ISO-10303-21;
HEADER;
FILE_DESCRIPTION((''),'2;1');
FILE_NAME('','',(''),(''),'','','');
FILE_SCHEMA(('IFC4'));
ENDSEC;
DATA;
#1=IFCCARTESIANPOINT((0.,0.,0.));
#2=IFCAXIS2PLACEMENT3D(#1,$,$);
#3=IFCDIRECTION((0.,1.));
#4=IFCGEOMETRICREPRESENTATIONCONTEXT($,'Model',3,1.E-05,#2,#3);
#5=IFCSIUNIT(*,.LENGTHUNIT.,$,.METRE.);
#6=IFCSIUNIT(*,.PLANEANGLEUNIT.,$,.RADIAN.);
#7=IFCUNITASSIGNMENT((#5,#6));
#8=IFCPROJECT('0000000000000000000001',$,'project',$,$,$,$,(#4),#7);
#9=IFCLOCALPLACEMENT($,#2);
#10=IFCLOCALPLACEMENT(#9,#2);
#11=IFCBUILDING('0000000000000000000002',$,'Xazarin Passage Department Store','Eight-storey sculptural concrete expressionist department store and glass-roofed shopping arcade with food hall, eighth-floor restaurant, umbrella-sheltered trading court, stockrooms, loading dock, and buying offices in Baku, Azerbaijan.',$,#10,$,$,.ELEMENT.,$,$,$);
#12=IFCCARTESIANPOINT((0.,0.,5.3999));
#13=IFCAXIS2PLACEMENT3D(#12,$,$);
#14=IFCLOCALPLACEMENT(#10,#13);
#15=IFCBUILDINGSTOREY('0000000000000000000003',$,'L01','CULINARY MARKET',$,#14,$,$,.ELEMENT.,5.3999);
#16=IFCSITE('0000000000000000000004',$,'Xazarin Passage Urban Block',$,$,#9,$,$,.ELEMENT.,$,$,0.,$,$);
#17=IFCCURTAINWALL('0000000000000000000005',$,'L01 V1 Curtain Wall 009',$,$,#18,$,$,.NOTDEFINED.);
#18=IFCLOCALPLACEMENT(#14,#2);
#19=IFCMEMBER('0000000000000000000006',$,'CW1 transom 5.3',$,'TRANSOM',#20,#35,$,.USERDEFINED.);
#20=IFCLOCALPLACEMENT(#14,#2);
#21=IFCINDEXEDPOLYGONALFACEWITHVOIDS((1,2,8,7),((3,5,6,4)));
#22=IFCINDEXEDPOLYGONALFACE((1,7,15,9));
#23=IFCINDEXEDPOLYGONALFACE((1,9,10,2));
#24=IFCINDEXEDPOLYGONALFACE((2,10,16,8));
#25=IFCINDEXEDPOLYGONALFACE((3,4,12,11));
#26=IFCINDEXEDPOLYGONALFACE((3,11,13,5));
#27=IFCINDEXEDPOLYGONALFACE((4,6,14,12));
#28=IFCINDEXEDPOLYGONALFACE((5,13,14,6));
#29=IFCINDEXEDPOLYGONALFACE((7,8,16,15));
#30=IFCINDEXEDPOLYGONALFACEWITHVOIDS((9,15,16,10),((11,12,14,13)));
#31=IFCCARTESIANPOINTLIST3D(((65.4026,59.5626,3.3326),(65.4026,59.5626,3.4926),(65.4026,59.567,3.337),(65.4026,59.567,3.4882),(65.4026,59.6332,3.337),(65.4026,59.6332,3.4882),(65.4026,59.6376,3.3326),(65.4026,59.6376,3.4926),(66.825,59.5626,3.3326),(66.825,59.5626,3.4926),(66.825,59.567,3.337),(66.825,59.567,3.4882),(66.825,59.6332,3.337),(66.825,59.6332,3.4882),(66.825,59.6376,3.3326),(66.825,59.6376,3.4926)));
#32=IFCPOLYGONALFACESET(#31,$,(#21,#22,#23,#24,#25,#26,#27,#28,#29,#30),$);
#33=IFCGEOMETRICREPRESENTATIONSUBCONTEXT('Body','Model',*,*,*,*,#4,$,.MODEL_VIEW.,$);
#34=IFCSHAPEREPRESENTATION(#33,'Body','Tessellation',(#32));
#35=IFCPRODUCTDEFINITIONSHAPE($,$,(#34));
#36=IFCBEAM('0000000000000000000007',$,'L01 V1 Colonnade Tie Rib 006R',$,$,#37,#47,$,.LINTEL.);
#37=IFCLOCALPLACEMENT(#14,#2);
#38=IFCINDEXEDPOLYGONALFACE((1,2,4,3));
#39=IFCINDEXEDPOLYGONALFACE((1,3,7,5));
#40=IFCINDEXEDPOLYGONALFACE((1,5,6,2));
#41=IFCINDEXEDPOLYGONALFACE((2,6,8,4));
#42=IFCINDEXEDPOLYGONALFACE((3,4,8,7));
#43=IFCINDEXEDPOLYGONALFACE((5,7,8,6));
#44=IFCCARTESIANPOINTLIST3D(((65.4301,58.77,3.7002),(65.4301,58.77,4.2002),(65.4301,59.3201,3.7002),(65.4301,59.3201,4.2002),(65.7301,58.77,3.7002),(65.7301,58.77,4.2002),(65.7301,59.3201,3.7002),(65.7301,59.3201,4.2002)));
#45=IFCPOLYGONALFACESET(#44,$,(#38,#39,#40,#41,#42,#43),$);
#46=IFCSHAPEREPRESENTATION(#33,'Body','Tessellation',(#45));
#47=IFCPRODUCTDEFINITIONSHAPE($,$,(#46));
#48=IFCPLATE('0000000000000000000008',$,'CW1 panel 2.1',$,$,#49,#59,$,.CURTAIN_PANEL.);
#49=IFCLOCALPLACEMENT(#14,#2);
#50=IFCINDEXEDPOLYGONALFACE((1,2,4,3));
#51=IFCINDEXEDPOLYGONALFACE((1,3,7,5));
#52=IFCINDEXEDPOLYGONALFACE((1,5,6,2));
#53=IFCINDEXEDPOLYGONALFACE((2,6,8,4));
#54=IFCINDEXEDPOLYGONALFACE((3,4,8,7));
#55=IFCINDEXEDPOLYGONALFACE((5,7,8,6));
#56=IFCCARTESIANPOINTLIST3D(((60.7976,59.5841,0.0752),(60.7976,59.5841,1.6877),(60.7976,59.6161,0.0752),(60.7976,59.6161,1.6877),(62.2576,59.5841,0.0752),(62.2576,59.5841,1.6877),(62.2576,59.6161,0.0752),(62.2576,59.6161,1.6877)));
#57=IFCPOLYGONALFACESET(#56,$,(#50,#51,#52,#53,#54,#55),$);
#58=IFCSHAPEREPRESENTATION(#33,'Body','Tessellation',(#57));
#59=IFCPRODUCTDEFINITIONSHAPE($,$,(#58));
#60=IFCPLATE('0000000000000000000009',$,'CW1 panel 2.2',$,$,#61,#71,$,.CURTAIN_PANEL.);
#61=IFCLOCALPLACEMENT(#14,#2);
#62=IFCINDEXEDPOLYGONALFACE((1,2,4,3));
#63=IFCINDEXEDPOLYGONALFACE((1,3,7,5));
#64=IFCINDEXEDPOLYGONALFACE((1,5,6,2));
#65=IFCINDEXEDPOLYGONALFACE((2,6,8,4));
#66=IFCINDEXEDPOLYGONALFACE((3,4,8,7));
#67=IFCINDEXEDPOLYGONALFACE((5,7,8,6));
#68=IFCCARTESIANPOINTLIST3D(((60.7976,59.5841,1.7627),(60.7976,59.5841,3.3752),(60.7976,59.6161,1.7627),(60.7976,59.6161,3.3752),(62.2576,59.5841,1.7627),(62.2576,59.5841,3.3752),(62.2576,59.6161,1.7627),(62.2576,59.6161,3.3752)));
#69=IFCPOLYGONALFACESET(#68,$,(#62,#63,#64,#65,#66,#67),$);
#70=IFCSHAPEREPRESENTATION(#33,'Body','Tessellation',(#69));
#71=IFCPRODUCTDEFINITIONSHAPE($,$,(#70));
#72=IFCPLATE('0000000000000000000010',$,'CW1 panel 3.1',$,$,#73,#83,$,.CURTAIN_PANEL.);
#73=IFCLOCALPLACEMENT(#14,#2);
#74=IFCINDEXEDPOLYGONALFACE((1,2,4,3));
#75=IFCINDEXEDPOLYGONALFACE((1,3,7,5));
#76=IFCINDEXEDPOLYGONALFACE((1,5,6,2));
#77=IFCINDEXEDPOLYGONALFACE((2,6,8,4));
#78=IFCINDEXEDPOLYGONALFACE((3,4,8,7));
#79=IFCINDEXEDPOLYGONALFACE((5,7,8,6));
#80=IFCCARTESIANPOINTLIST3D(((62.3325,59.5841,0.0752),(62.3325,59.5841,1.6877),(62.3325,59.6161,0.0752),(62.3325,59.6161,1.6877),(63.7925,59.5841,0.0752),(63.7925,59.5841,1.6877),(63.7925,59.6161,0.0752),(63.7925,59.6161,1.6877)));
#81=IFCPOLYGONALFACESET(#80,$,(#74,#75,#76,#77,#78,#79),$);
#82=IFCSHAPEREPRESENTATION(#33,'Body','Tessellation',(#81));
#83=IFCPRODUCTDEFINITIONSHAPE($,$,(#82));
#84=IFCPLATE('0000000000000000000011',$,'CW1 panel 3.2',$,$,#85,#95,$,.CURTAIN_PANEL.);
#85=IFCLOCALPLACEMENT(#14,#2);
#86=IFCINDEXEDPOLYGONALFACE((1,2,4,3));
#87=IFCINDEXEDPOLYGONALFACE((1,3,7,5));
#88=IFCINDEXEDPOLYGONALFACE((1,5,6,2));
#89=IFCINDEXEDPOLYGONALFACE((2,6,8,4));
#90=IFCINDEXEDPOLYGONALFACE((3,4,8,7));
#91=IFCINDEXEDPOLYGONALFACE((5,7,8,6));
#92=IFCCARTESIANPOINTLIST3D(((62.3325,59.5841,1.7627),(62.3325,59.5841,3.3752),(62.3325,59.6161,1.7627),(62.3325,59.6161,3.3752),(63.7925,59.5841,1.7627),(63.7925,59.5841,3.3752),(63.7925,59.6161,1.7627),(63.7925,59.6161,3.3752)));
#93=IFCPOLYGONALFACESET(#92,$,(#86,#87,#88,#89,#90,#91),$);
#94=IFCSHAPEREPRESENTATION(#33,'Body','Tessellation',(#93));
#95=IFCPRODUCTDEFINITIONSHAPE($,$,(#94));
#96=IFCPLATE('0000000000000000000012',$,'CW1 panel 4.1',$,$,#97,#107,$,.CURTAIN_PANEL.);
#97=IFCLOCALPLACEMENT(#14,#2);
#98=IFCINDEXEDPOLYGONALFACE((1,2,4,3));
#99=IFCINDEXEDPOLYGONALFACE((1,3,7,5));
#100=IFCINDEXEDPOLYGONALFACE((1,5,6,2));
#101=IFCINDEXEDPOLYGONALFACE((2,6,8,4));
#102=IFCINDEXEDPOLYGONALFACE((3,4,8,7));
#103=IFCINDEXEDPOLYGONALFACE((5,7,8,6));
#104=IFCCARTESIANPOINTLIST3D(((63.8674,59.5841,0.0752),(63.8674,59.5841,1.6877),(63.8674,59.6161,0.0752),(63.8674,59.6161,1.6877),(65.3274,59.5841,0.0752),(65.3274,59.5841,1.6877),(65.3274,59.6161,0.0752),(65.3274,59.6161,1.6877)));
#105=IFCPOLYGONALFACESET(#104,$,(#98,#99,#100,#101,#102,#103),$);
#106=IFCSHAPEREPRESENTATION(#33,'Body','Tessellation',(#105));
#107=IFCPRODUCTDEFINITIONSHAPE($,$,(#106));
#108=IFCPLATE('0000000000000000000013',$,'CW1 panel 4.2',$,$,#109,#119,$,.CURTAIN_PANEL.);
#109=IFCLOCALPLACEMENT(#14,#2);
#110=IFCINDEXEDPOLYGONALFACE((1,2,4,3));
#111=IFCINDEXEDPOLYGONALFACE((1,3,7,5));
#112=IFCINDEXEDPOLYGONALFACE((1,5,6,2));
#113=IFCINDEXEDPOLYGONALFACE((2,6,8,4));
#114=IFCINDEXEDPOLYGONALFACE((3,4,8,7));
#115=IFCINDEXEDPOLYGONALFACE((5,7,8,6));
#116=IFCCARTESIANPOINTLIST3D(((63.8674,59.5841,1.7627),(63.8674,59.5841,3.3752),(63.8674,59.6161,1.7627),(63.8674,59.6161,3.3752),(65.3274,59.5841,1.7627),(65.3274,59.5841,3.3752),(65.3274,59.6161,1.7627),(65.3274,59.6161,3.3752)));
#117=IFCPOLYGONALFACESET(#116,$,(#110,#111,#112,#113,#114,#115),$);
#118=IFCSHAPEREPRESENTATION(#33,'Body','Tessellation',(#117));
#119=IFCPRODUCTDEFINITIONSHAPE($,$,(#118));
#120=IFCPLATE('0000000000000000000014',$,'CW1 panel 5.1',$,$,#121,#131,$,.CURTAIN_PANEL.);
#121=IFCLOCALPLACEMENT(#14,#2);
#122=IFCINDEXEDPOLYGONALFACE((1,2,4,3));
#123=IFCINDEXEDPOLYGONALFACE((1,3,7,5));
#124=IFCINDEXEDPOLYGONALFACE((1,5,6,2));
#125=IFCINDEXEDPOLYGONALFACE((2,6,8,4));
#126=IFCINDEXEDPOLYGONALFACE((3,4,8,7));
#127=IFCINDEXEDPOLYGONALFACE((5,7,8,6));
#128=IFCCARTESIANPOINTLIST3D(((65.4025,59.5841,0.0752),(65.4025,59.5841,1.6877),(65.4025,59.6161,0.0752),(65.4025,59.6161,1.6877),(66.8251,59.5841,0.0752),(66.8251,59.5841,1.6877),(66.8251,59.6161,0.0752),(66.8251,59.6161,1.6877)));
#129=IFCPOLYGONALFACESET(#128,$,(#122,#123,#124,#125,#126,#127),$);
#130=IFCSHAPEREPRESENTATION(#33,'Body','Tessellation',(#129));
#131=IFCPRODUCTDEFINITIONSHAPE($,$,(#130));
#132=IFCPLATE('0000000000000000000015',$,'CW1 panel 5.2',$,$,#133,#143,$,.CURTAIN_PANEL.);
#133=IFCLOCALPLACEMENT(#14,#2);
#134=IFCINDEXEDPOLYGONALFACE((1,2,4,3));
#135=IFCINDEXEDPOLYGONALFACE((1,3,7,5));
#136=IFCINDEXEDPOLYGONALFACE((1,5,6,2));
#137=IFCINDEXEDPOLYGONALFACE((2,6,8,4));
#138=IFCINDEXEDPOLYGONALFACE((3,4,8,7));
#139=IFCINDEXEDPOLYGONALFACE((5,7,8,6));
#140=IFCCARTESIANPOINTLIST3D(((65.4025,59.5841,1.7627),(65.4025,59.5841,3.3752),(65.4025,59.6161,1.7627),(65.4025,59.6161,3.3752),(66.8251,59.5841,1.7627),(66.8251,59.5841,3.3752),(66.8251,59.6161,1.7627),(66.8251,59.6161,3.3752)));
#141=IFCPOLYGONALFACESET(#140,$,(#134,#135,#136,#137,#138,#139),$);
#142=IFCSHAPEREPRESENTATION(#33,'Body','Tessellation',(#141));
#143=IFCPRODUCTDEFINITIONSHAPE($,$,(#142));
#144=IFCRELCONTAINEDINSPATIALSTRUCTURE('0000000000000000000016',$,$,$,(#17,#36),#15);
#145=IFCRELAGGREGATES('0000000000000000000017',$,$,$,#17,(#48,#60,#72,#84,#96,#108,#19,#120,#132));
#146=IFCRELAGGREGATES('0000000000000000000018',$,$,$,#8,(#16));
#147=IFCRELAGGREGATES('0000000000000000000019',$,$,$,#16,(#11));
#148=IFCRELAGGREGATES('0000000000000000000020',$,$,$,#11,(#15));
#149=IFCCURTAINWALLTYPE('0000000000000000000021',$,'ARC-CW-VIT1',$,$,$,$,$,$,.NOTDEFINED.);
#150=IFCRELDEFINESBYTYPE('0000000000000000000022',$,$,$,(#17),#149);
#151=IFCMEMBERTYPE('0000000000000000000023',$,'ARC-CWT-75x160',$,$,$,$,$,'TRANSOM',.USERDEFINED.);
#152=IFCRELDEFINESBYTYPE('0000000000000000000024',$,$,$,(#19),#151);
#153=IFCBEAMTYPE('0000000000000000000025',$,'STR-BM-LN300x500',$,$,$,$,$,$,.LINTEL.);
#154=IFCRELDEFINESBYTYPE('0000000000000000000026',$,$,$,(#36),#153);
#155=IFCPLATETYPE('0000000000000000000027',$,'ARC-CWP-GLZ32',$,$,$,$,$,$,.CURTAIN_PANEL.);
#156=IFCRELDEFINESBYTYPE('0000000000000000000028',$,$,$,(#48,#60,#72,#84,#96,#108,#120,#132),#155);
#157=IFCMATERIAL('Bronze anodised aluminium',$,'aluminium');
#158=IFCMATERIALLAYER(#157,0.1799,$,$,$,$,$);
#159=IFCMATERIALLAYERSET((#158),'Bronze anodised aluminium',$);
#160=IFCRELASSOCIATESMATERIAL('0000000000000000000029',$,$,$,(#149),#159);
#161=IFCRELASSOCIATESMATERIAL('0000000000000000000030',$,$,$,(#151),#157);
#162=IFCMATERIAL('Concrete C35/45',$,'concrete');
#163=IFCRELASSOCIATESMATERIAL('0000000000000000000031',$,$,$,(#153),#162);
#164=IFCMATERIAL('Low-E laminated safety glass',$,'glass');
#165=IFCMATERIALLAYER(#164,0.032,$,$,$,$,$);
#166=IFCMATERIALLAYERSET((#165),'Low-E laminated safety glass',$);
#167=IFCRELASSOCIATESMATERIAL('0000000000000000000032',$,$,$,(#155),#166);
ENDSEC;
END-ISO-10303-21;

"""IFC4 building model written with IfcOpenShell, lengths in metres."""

from ifc_helpers import new_model, si_unit, direction, frame, origin, origin_2d, place, context, subcontext, project, spatial, rectangle, hollow_rectangle, extrude, material, layer, layer_set, material_profile, profile_set, type_object, element, aggregate, save


model = new_model("IFC4")

# Units and contexts
model_context = context("Model", 3, precision=1e-05, world=origin(), true_north=direction((0.0, 1.0)))
body_context = subcontext(model_context, "Body", "Model", "MODEL_VIEW")
ifc_project = project(units=[si_unit("LENGTHUNIT", "METRE"), si_unit("PLANEANGLEUNIT", "RADIAN")], contexts=[model_context])

# Site, building, storey
site_placement = place(None, origin())
site = spatial("IfcSite", under=ifc_project, at=site_placement, Name="Xazarin Passage Urban Block", CompositionType="ELEMENT", RefElevation=0.0)
building_placement = place(site_placement, origin())
building = spatial("IfcBuilding", under=site, at=building_placement, Name="Xazarin Passage Department Store", Description="Eight-storey sculptural concrete expressionist department store and glass-roofed shopping arcade with food hall, eighth-floor restaurant, umbrella-sheltered trading court, stockrooms, loading dock, and buying offices in Baku, Azerbaijan.", CompositionType="ELEMENT")
storey_placement = place(building_placement, frame((0.0, 0.0, 5.3999)))
storey = spatial("IfcBuildingStorey", under=building, at=storey_placement, Name="L01", Description="CULINARY MARKET", CompositionType="ELEMENT", Elevation=5.3999)

# Curtain wall, member
ifc_material_1 = material(Name="Bronze anodised aluminium", Category="aluminium")
ifc_layer_1 = layer(ifc_material_1, 0.1799)
ifc_layer_set_1 = layer_set([ifc_layer_1], Name="Bronze anodised aluminium")
curtain_wall_type = type_object("IfcCurtainWallType", Name="ARC-CW-VIT1", PredefinedType="NOTDEFINED", material=ifc_layer_set_1)
curtain_wall_placement = place(storey_placement, origin())
curtain_wall = element("IfcCurtainWall", 1, at=curtain_wall_placement, inside=storey, type_object=curtain_wall_type, Name="L01 V1 Curtain Wall 009", PredefinedType="NOTDEFINED")
ifc_material_profile_1 = material_profile(ifc_material_1, hollow_rectangle(XDim=0.075, YDim=0.1599, WallThickness=0.0044, at=origin_2d()), Name="ALU 75x160")
ifc_profile_set_1 = profile_set([ifc_material_profile_1], Name="Bronze anodised aluminium")
member_type_1 = type_object("IfcMemberType", Name="ARC-CWT-75x160", ElementType="TRANSOM", PredefinedType="USERDEFINED", material=ifc_profile_set_1)
member_1_placement = place(storey_placement, frame((65.4026, 59.6001, 3.4126), z_axis=(1.0, 0.0, 0.0), x_axis=(0.0, 1.0, 0.0)))
member_1 = element("IfcMember", 2, at=member_1_placement, type_object=member_type_1, Name="CW1 transom 5.3", ObjectType="TRANSOM", PredefinedType="USERDEFINED", context=body_context, shape_type="SweptSolid", body=[
    extrude(hollow_rectangle(XDim=0.075, YDim=0.1599, WallThickness=0.0044, at=origin_2d()), origin(), (0.0, 0.0, 1.0), 1.4224),
])

# Beam
ifc_material_2 = material(Name="Concrete C35/45", Category="concrete")
ifc_material_profile_2 = material_profile(ifc_material_2, rectangle(XDim=0.3, YDim=0.5, at=origin_2d()), Name="RC 300x500")
ifc_profile_set_2 = profile_set([ifc_material_profile_2], Name="Concrete C35/45")
beam_type = type_object("IfcBeamType", Name="STR-BM-LN300x500", PredefinedType="LINTEL", material=ifc_profile_set_2)
beam_placement = place(storey_placement, frame((65.5801, 59.3201, 3.9502), z_axis=(0.0, -1.0, 0.0), x_axis=(1.0, 0.0, 0.0)))
element("IfcBeam", 3, at=beam_placement, inside=storey, type_object=beam_type, Name="L01 V1 Colonnade Tie Rib 006R", PredefinedType="LINTEL", context=body_context, shape_type="SweptSolid", body=[
    extrude(rectangle(XDim=0.3, YDim=0.5, at=origin_2d()), origin(), (0.0, 0.0, 1.0), 0.55),
])

# Plates
ifc_material_3 = material(Name="Low-E laminated safety glass", Category="glass")
ifc_layer_2 = layer(ifc_material_3, 0.032)
ifc_layer_set_2 = layer_set([ifc_layer_2], Name="Low-E laminated safety glass")
plate_type = type_object("IfcPlateType", Name="ARC-CWP-GLZ32", PredefinedType="CURTAIN_PANEL", material=ifc_layer_set_2)
plate_1_placement = place(storey_placement, frame((61.5276, 59.6001, 0.0752), z_axis=(0.0, 0.0, 1.0), x_axis=(1.0, 0.0, 0.0)))
plate_1 = element("IfcPlate", 4, at=plate_1_placement, type_object=plate_type, Name="CW1 panel 2.1", PredefinedType="CURTAIN_PANEL", context=body_context, shape_type="SweptSolid", body=[
    extrude(rectangle(XDim=1.46, YDim=0.032, at=origin_2d()), origin(), (0.0, 0.0, 1.0), 1.6125),
])
plate_2_placement = place(storey_placement, frame((61.5276, 59.6001, 1.7627), z_axis=(0.0, 0.0, 1.0), x_axis=(1.0, 0.0, 0.0)))
plate_2 = element("IfcPlate", 5, at=plate_2_placement, type_object=plate_type, Name="CW1 panel 2.2", PredefinedType="CURTAIN_PANEL", context=body_context, shape_type="SweptSolid", body=[
    extrude(rectangle(XDim=1.46, YDim=0.032, at=origin_2d()), origin(), (0.0, 0.0, 1.0), 1.6125),
])
plate_3_placement = place(storey_placement, frame((63.0625, 59.6001, 0.0752), z_axis=(0.0, 0.0, 1.0), x_axis=(1.0, 0.0, 0.0)))
plate_3 = element("IfcPlate", 6, at=plate_3_placement, type_object=plate_type, Name="CW1 panel 3.1", PredefinedType="CURTAIN_PANEL", context=body_context, shape_type="SweptSolid", body=[
    extrude(rectangle(XDim=1.46, YDim=0.032, at=origin_2d()), origin(), (0.0, 0.0, 1.0), 1.6125),
])
plate_4_placement = place(storey_placement, frame((63.0625, 59.6001, 1.7627), z_axis=(0.0, 0.0, 1.0), x_axis=(1.0, 0.0, 0.0)))
plate_4 = element("IfcPlate", 7, at=plate_4_placement, type_object=plate_type, Name="CW1 panel 3.2", PredefinedType="CURTAIN_PANEL", context=body_context, shape_type="SweptSolid", body=[
    extrude(rectangle(XDim=1.46, YDim=0.032, at=origin_2d()), origin(), (0.0, 0.0, 1.0), 1.6125),
])
plate_5_placement = place(storey_placement, frame((64.5974, 59.6001, 0.0752), z_axis=(0.0, 0.0, 1.0), x_axis=(1.0, 0.0, 0.0)))
plate_5 = element("IfcPlate", 8, at=plate_5_placement, type_object=plate_type, Name="CW1 panel 4.1", PredefinedType="CURTAIN_PANEL", context=body_context, shape_type="SweptSolid", body=[
    extrude(rectangle(XDim=1.46, YDim=0.032, at=origin_2d()), origin(), (0.0, 0.0, 1.0), 1.6125),
])
plate_6_placement = place(storey_placement, frame((64.5974, 59.6001, 1.7627), z_axis=(0.0, 0.0, 1.0), x_axis=(1.0, 0.0, 0.0)))
plate_6 = element("IfcPlate", 9, at=plate_6_placement, type_object=plate_type, Name="CW1 panel 4.2", PredefinedType="CURTAIN_PANEL", context=body_context, shape_type="SweptSolid", body=[
    extrude(rectangle(XDim=1.46, YDim=0.032, at=origin_2d()), origin(), (0.0, 0.0, 1.0), 1.6125),
])
plate_7_placement = place(storey_placement, frame((66.1138, 59.6001, 0.0752), z_axis=(0.0, 0.0, 1.0), x_axis=(1.0, 0.0, 0.0)))
plate_7 = element("IfcPlate", 10, at=plate_7_placement, type_object=plate_type, Name="CW1 panel 5.1", PredefinedType="CURTAIN_PANEL", context=body_context, shape_type="SweptSolid", body=[
    extrude(rectangle(XDim=1.4226, YDim=0.032, at=origin_2d()), origin(), (0.0, 0.0, 1.0), 1.6125),
])
plate_8_placement = place(storey_placement, frame((66.1138, 59.6001, 1.7627), z_axis=(0.0, 0.0, 1.0), x_axis=(1.0, 0.0, 0.0)))
plate_8 = element("IfcPlate", 11, at=plate_8_placement, type_object=plate_type, Name="CW1 panel 5.2", PredefinedType="CURTAIN_PANEL", context=body_context, shape_type="SweptSolid", body=[
    extrude(rectangle(XDim=1.4226, YDim=0.032, at=origin_2d()), origin(), (0.0, 0.0, 1.0), 1.6125),
])
aggregate(curtain_wall, [plate_1, plate_2, plate_3, plate_4, plate_5, plate_6, member_1, plate_7, plate_8])

save(model, "model.ifc")
